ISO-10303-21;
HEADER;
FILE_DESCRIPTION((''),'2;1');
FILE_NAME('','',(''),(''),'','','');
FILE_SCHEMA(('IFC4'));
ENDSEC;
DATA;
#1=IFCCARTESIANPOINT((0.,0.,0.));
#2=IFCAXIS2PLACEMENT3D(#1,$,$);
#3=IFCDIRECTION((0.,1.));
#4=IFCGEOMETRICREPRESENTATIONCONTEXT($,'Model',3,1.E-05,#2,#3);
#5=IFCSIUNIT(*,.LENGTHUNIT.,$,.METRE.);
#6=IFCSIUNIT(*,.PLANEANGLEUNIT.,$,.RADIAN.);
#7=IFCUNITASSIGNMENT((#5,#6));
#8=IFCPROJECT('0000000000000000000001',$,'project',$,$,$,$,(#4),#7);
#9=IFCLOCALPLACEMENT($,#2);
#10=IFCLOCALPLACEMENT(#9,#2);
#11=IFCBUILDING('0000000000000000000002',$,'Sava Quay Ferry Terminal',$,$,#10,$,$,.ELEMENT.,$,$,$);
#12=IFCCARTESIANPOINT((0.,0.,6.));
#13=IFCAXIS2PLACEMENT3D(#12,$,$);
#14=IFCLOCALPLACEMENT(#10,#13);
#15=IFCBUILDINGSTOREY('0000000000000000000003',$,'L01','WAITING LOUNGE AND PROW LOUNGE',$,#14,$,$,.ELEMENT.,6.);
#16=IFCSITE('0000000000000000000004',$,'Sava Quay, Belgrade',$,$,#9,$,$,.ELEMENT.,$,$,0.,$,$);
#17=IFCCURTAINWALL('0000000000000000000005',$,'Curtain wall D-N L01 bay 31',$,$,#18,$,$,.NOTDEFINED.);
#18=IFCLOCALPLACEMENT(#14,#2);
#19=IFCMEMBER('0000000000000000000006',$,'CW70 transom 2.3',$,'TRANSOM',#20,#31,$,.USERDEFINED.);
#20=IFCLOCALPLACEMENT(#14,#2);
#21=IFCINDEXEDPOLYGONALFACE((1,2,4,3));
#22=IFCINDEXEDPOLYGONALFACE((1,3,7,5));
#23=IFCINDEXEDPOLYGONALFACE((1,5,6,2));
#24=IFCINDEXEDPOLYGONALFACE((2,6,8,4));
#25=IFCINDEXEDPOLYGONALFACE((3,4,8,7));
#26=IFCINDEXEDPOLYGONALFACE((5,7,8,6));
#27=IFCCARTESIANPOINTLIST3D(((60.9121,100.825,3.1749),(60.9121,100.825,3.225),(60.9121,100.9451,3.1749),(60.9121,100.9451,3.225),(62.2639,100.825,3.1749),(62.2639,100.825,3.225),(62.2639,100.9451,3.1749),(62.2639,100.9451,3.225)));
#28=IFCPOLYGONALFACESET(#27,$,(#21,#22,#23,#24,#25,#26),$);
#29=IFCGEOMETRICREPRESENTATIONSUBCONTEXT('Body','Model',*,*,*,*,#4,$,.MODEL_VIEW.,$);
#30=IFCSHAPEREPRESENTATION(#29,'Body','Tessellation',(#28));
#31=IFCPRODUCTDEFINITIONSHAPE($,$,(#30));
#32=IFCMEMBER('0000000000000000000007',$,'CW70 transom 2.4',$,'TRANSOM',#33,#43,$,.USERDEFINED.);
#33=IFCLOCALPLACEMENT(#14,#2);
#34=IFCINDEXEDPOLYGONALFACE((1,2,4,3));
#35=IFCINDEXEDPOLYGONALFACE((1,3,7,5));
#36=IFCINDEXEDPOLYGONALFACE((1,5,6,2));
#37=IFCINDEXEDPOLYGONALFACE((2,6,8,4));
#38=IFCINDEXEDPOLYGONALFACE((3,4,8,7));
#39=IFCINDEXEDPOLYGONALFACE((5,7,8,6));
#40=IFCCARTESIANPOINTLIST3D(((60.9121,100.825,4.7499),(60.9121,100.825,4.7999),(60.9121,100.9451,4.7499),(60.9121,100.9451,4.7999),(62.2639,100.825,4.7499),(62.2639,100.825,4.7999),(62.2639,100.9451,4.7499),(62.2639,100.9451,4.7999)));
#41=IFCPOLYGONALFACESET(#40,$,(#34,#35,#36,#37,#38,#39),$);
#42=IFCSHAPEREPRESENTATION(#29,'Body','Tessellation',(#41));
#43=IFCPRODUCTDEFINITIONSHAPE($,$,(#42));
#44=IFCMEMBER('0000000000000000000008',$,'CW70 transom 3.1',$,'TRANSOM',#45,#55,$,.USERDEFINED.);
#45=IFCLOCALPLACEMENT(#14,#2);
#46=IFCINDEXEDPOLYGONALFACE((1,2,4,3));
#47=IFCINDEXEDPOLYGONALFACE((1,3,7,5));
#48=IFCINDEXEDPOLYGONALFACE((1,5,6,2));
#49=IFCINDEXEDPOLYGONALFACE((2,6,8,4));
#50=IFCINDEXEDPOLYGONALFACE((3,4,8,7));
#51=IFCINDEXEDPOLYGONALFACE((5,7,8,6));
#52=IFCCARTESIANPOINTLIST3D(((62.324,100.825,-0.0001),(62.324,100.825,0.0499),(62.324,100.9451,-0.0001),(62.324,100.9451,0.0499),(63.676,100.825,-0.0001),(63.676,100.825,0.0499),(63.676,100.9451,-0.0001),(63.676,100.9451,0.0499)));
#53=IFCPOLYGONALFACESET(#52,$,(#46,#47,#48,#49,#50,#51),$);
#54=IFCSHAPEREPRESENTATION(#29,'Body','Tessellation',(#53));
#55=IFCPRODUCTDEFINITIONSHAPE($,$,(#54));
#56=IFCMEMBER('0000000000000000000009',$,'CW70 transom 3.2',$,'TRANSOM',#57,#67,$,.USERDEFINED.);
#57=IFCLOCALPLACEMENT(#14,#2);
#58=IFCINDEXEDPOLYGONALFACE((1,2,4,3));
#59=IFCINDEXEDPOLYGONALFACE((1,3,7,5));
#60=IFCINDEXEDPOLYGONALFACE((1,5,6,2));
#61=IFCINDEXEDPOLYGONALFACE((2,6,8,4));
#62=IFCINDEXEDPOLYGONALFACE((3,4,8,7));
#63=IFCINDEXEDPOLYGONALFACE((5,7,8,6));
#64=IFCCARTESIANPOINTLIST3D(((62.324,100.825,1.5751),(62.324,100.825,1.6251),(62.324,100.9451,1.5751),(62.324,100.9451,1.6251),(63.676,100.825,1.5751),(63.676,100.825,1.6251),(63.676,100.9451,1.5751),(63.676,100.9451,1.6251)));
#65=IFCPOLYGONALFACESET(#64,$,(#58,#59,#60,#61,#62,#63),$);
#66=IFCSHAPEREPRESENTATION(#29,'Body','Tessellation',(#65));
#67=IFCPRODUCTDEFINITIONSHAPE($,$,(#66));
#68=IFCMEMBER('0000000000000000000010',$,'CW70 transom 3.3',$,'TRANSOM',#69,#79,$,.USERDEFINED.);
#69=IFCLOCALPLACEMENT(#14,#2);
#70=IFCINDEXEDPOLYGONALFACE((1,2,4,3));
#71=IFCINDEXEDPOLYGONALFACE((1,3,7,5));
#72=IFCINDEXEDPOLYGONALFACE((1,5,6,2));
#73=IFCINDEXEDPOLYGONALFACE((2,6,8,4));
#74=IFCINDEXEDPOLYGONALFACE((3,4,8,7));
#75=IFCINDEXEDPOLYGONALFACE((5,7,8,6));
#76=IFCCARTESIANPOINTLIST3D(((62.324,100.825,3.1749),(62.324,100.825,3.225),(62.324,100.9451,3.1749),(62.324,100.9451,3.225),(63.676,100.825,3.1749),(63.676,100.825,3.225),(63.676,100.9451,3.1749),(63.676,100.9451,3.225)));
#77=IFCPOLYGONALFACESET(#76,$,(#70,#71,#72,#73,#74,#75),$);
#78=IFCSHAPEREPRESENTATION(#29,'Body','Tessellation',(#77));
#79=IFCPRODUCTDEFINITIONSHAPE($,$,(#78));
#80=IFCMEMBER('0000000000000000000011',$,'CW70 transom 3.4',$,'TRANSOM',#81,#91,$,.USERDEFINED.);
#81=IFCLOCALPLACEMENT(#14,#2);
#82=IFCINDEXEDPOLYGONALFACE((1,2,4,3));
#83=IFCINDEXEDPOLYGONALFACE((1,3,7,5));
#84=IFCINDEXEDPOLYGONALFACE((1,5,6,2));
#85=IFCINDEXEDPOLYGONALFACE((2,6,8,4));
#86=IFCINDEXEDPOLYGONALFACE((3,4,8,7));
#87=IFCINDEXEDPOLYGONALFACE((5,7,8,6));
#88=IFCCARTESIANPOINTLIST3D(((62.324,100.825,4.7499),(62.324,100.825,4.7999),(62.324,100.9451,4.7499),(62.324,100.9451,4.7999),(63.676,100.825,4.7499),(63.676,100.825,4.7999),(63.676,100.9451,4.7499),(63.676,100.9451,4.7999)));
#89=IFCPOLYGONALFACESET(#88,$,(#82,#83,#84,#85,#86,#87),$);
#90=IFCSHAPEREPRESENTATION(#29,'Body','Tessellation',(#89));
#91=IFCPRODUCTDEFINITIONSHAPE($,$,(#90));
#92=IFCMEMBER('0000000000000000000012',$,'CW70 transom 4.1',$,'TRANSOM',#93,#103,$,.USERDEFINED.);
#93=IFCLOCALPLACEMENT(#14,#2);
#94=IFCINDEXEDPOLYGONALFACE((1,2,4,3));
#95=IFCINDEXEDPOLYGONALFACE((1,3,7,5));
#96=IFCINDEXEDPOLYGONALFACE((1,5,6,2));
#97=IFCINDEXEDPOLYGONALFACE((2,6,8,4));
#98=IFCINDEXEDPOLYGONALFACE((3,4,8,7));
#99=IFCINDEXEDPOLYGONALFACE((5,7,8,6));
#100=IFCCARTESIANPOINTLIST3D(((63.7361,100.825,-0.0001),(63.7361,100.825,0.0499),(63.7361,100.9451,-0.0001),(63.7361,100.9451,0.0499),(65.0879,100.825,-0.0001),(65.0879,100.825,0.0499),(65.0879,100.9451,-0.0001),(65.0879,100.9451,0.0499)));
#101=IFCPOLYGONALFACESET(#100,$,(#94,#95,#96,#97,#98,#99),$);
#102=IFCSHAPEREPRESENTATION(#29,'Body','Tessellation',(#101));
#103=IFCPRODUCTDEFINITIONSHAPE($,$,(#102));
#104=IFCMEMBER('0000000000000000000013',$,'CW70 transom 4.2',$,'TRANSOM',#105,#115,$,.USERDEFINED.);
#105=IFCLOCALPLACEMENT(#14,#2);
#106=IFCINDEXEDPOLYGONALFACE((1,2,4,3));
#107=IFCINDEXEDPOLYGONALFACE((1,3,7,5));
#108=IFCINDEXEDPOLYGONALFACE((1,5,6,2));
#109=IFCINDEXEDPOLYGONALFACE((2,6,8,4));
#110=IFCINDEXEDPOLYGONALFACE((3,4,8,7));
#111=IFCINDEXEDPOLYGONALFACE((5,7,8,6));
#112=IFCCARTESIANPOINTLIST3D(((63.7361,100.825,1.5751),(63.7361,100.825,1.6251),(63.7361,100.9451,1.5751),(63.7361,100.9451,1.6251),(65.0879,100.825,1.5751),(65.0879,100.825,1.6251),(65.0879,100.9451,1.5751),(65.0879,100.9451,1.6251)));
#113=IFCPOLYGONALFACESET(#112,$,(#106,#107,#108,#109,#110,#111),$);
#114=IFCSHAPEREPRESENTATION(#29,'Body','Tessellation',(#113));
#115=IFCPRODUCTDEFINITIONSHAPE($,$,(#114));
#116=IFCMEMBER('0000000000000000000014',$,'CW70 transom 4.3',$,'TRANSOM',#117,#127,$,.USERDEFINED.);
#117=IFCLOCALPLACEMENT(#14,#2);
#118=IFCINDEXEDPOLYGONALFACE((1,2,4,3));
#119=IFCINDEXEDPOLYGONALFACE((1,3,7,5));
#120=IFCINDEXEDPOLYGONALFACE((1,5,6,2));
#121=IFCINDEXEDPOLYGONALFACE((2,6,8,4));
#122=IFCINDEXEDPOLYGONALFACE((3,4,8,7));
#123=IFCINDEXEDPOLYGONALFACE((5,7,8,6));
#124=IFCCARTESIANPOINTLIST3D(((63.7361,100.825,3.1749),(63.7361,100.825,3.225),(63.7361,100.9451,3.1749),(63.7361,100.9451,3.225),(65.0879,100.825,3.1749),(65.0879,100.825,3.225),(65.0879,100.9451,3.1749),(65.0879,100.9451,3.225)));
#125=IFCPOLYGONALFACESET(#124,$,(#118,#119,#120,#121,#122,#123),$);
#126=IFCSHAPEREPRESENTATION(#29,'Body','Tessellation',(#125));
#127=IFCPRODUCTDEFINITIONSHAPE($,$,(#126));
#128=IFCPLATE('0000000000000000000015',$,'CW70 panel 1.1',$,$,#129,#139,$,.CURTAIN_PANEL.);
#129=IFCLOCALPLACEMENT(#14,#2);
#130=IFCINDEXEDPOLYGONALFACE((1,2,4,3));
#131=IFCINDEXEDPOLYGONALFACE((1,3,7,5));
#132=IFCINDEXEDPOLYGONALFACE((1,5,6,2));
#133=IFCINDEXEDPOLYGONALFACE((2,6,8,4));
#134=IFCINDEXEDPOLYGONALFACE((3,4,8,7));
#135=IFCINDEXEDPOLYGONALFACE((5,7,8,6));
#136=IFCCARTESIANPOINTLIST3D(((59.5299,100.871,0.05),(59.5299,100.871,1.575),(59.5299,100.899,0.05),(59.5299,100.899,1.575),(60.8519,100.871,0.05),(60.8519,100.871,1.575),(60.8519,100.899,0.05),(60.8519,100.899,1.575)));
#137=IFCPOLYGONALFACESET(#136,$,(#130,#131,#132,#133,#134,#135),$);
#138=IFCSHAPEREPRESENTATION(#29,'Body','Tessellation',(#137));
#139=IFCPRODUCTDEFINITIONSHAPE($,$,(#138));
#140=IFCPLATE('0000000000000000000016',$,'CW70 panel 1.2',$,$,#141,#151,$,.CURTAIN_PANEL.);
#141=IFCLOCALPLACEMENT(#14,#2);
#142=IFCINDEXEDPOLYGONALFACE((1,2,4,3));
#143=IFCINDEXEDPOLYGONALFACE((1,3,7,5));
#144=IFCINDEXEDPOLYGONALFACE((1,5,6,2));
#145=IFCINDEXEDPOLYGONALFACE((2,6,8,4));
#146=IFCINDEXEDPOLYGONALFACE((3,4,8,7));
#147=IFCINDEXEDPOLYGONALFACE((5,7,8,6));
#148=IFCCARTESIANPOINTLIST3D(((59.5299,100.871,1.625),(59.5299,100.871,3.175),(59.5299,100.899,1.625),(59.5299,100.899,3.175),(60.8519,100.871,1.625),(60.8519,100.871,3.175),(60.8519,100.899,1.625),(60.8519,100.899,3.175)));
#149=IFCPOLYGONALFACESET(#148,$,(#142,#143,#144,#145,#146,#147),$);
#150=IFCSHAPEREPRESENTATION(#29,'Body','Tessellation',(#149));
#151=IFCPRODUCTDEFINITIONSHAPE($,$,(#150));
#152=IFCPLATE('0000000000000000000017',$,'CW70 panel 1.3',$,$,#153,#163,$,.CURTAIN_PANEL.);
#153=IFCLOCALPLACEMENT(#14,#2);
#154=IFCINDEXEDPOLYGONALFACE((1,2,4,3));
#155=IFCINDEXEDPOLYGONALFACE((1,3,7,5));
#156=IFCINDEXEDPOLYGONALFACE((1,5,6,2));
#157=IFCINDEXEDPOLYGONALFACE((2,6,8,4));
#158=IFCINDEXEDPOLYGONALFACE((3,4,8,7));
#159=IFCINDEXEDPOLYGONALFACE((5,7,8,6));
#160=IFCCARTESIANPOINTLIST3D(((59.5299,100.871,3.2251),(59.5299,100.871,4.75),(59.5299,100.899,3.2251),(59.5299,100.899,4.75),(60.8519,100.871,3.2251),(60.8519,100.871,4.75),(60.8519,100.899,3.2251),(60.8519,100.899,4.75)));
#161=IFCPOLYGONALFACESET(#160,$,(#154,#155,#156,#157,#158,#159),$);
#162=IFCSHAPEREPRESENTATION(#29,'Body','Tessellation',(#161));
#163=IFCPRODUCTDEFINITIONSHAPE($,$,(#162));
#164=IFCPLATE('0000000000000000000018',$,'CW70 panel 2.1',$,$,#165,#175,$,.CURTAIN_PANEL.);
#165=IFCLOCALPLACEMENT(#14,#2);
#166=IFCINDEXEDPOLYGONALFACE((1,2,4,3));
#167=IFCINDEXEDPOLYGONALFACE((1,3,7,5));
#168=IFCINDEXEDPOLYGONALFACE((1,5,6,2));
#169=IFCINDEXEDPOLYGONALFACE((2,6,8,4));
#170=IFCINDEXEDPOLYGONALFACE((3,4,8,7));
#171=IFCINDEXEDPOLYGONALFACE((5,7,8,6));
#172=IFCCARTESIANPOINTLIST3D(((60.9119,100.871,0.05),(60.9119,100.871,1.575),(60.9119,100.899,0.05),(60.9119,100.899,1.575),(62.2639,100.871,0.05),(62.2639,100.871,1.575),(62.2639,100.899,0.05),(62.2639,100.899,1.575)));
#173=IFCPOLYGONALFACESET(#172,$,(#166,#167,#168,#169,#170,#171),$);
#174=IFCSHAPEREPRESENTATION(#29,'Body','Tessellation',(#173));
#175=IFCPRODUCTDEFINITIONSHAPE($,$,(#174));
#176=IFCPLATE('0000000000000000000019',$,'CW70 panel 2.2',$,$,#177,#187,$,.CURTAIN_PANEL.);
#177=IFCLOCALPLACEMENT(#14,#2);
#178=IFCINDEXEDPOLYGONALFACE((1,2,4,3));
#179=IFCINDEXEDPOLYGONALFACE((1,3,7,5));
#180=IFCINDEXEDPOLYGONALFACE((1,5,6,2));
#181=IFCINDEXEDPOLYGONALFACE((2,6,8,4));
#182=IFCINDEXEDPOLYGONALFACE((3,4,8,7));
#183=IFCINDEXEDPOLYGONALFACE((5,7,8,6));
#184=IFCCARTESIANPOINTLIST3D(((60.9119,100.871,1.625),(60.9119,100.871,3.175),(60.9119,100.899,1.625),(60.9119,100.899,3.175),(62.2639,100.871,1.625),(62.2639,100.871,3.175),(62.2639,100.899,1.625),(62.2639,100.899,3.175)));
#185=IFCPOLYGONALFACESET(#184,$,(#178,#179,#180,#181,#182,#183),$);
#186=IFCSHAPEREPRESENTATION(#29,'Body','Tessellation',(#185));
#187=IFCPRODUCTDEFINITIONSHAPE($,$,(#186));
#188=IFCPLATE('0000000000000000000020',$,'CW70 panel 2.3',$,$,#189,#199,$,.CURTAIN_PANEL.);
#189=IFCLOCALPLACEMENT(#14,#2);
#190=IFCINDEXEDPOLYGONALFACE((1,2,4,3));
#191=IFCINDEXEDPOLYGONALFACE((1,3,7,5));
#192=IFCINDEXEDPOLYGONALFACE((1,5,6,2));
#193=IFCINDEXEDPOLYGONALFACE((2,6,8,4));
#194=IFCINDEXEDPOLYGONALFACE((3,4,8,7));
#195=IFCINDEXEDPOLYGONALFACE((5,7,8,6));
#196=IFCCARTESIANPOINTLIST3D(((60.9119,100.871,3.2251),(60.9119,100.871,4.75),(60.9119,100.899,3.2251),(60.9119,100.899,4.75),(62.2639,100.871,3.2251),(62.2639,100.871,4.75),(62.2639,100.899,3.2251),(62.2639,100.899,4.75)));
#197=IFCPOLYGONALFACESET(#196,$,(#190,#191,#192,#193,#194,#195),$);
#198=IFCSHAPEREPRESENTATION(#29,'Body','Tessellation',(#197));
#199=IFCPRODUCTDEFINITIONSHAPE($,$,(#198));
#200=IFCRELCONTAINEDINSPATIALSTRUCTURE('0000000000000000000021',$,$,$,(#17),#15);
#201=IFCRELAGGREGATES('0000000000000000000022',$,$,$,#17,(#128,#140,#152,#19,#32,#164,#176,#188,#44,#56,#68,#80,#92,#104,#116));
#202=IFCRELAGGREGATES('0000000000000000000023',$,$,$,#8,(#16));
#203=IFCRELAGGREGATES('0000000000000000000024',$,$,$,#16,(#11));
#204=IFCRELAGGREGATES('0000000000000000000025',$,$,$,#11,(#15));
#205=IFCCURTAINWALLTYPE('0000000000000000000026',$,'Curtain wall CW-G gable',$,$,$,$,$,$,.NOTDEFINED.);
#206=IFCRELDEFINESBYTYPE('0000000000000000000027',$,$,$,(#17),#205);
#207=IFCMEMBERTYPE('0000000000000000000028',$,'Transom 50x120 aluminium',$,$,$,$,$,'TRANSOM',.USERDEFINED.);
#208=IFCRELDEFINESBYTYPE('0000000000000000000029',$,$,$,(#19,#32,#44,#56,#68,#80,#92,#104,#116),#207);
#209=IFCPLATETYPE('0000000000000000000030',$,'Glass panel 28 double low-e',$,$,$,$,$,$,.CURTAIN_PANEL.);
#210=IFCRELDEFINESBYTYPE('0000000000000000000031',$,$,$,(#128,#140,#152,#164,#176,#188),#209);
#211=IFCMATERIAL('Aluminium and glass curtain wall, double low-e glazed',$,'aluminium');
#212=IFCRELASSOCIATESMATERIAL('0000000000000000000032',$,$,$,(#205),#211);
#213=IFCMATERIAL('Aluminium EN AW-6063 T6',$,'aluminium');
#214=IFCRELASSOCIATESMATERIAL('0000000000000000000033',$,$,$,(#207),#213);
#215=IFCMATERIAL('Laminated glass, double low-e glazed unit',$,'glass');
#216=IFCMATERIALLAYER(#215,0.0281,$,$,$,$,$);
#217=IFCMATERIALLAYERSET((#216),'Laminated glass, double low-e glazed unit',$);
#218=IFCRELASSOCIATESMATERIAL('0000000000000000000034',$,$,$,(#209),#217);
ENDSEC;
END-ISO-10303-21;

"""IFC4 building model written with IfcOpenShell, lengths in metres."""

from ifc_helpers import new_model, si_unit, direction, frame, origin, origin_2d, place, context, subcontext, project, spatial, rectangle, extrude, material, layer, layer_set, material_profile, profile_set, type_object, element, aggregate, save


model = new_model("IFC4")

# Units and contexts
model_context = context("Model", 3, precision=1e-05, world=origin(), true_north=direction((0.0, 1.0)))
body_context = subcontext(model_context, "Body", "Model", "MODEL_VIEW")
ifc_project = project(units=[si_unit("LENGTHUNIT", "METRE"), si_unit("PLANEANGLEUNIT", "RADIAN")], contexts=[model_context])

# Site, building, storey
site_placement = place(None, origin())
site = spatial("IfcSite", under=ifc_project, at=site_placement, Name="Sava Quay, Belgrade", CompositionType="ELEMENT", RefElevation=0.0)
building_placement = place(site_placement, origin())
building = spatial("IfcBuilding", under=site, at=building_placement, Name="Sava Quay Ferry Terminal", CompositionType="ELEMENT")
storey_placement = place(building_placement, frame((0.0, 0.0, 6.0)))
storey = spatial("IfcBuildingStorey", under=building, at=storey_placement, Name="L01", Description="WAITING LOUNGE AND PROW LOUNGE", CompositionType="ELEMENT", Elevation=6.0)

# Curtain wall, members, plates
ifc_material_1 = material(Name="Aluminium and glass curtain wall, double low-e glazed", Category="aluminium")
curtain_wall_type = type_object("IfcCurtainWallType", Name="Curtain wall CW-G gable", PredefinedType="NOTDEFINED", material=ifc_material_1)
curtain_wall_placement = place(storey_placement, origin())
curtain_wall = element("IfcCurtainWall", 1, at=curtain_wall_placement, inside=storey, type_object=curtain_wall_type, Name="Curtain wall D-N L01 bay 31", PredefinedType="NOTDEFINED")
ifc_material_2 = material(Name="Aluminium EN AW-6063 T6", Category="aluminium")
ifc_material_profile_1 = material_profile(ifc_material_2, rectangle(XDim=0.1201, YDim=0.05, at=origin_2d()), Name="Transom 50x120 aluminium")
ifc_profile_set_1 = profile_set([ifc_material_profile_1], Name="Aluminium EN AW-6063 T6")
member_type_1 = type_object("IfcMemberType", Name="Transom 50x120 aluminium", ElementType="TRANSOM", PredefinedType="USERDEFINED", material=ifc_profile_set_1)
member_1_placement = place(storey_placement, frame((60.9121, 100.885, 3.2), z_axis=(1.0, 0.0, 0.0), x_axis=(0.0, 1.0, 0.0)))
member_1 = element("IfcMember", 2, at=member_1_placement, type_object=member_type_1, Name="CW70 transom 2.3", ObjectType="TRANSOM", PredefinedType="USERDEFINED", context=body_context, shape_type="SweptSolid", body=[
    extrude(rectangle(XDim=0.1201, YDim=0.05, at=origin_2d()), origin(), (0.0, 0.0, 1.0), 1.3518),
])
member_2_placement = place(storey_placement, frame((60.9121, 100.885, 4.7749), z_axis=(1.0, 0.0, 0.0), x_axis=(0.0, 1.0, 0.0)))
member_2 = element("IfcMember", 3, at=member_2_placement, type_object=member_type_1, Name="CW70 transom 2.4", ObjectType="TRANSOM", PredefinedType="USERDEFINED", context=body_context, shape_type="SweptSolid", body=[
    extrude(rectangle(XDim=0.1201, YDim=0.05, at=origin_2d()), origin(), (0.0, 0.0, 1.0), 1.3518),
])
member_3_placement = place(storey_placement, frame((62.324, 100.885, 0.0249), z_axis=(1.0, 0.0, 0.0), x_axis=(0.0, 1.0, 0.0)))
member_3 = element("IfcMember", 4, at=member_3_placement, type_object=member_type_1, Name="CW70 transom 3.1", ObjectType="TRANSOM", PredefinedType="USERDEFINED", context=body_context, shape_type="SweptSolid", body=[
    extrude(rectangle(XDim=0.1201, YDim=0.05, at=origin_2d()), origin(), (0.0, 0.0, 1.0), 1.3521),
])
member_4_placement = place(storey_placement, frame((62.324, 100.885, 1.6001), z_axis=(1.0, 0.0, 0.0), x_axis=(0.0, 1.0, 0.0)))
member_4 = element("IfcMember", 5, at=member_4_placement, type_object=member_type_1, Name="CW70 transom 3.2", ObjectType="TRANSOM", PredefinedType="USERDEFINED", context=body_context, shape_type="SweptSolid", body=[
    extrude(rectangle(XDim=0.1201, YDim=0.05, at=origin_2d()), origin(), (0.0, 0.0, 1.0), 1.3521),
])
member_5_placement = place(storey_placement, frame((62.324, 100.885, 3.2), z_axis=(1.0, 0.0, 0.0), x_axis=(0.0, 1.0, 0.0)))
member_5 = element("IfcMember", 6, at=member_5_placement, type_object=member_type_1, Name="CW70 transom 3.3", ObjectType="TRANSOM", PredefinedType="USERDEFINED", context=body_context, shape_type="SweptSolid", body=[
    extrude(rectangle(XDim=0.1201, YDim=0.05, at=origin_2d()), origin(), (0.0, 0.0, 1.0), 1.3521),
])
member_6_placement = place(storey_placement, frame((62.324, 100.885, 4.7749), z_axis=(1.0, 0.0, 0.0), x_axis=(0.0, 1.0, 0.0)))
member_6 = element("IfcMember", 7, at=member_6_placement, type_object=member_type_1, Name="CW70 transom 3.4", ObjectType="TRANSOM", PredefinedType="USERDEFINED", context=body_context, shape_type="SweptSolid", body=[
    extrude(rectangle(XDim=0.1201, YDim=0.05, at=origin_2d()), origin(), (0.0, 0.0, 1.0), 1.3521),
])
member_7_placement = place(storey_placement, frame((63.7361, 100.885, 0.0249), z_axis=(1.0, 0.0, 0.0), x_axis=(0.0, 1.0, 0.0)))
member_7 = element("IfcMember", 8, at=member_7_placement, type_object=member_type_1, Name="CW70 transom 4.1", ObjectType="TRANSOM", PredefinedType="USERDEFINED", context=body_context, shape_type="SweptSolid", body=[
    extrude(rectangle(XDim=0.1201, YDim=0.05, at=origin_2d()), origin(), (0.0, 0.0, 1.0), 1.3518),
])
member_8_placement = place(storey_placement, frame((63.7361, 100.885, 1.6001), z_axis=(1.0, 0.0, 0.0), x_axis=(0.0, 1.0, 0.0)))
member_8 = element("IfcMember", 9, at=member_8_placement, type_object=member_type_1, Name="CW70 transom 4.2", ObjectType="TRANSOM", PredefinedType="USERDEFINED", context=body_context, shape_type="SweptSolid", body=[
    extrude(rectangle(XDim=0.1201, YDim=0.05, at=origin_2d()), origin(), (0.0, 0.0, 1.0), 1.3518),
])
member_9_placement = place(storey_placement, frame((63.7361, 100.885, 3.2), z_axis=(1.0, 0.0, 0.0), x_axis=(0.0, 1.0, 0.0)))
member_9 = element("IfcMember", 10, at=member_9_placement, type_object=member_type_1, Name="CW70 transom 4.3", ObjectType="TRANSOM", PredefinedType="USERDEFINED", context=body_context, shape_type="SweptSolid", body=[
    extrude(rectangle(XDim=0.1201, YDim=0.05, at=origin_2d()), origin(), (0.0, 0.0, 1.0), 1.3518),
])
ifc_material_3 = material(Name="Laminated glass, double low-e glazed unit", Category="glass")
ifc_layer = layer(ifc_material_3, 0.0281)
ifc_layer_set = layer_set([ifc_layer], Name="Laminated glass, double low-e glazed unit")
plate_type = type_object("IfcPlateType", Name="Glass panel 28 double low-e", PredefinedType="CURTAIN_PANEL", material=ifc_layer_set)
plate_1_placement = place(storey_placement, frame((60.1909, 100.885, 0.05), z_axis=(0.0, 0.0, 1.0), x_axis=(1.0, 0.0, 0.0)))
plate_1 = element("IfcPlate", 11, at=plate_1_placement, type_object=plate_type, Name="CW70 panel 1.1", PredefinedType="CURTAIN_PANEL", context=body_context, shape_type="SweptSolid", body=[
    extrude(rectangle(XDim=1.322, YDim=0.0281, at=origin_2d()), origin(), (0.0, 0.0, 1.0), 1.5249),
])
plate_2_placement = place(storey_placement, frame((60.1909, 100.885, 1.625), z_axis=(0.0, 0.0, 1.0), x_axis=(1.0, 0.0, 0.0)))
plate_2 = element("IfcPlate", 12, at=plate_2_placement, type_object=plate_type, Name="CW70 panel 1.2", PredefinedType="CURTAIN_PANEL", context=body_context, shape_type="SweptSolid", body=[
    extrude(rectangle(XDim=1.322, YDim=0.0281, at=origin_2d()), origin(), (0.0, 0.0, 1.0), 1.55),
])
plate_3_placement = place(storey_placement, frame((60.1909, 100.885, 3.2251), z_axis=(0.0, 0.0, 1.0), x_axis=(1.0, 0.0, 0.0)))
plate_3 = element("IfcPlate", 13, at=plate_3_placement, type_object=plate_type, Name="CW70 panel 1.3", PredefinedType="CURTAIN_PANEL", context=body_context, shape_type="SweptSolid", body=[
    extrude(rectangle(XDim=1.322, YDim=0.0281, at=origin_2d()), origin(), (0.0, 0.0, 1.0), 1.5249),
])
plate_4_placement = place(storey_placement, frame((61.5879, 100.885, 0.05), z_axis=(0.0, 0.0, 1.0), x_axis=(1.0, 0.0, 0.0)))
plate_4 = element("IfcPlate", 14, at=plate_4_placement, type_object=plate_type, Name="CW70 panel 2.1", PredefinedType="CURTAIN_PANEL", context=body_context, shape_type="SweptSolid", body=[
    extrude(rectangle(XDim=1.3521, YDim=0.0281, at=origin_2d()), origin(), (0.0, 0.0, 1.0), 1.5249),
])
plate_5_placement = place(storey_placement, frame((61.5879, 100.885, 1.625), z_axis=(0.0, 0.0, 1.0), x_axis=(1.0, 0.0, 0.0)))
plate_5 = element("IfcPlate", 15, at=plate_5_placement, type_object=plate_type, Name="CW70 panel 2.2", PredefinedType="CURTAIN_PANEL", context=body_context, shape_type="SweptSolid", body=[
    extrude(rectangle(XDim=1.3521, YDim=0.0281, at=origin_2d()), origin(), (0.0, 0.0, 1.0), 1.55),
])
plate_6_placement = place(storey_placement, frame((61.5879, 100.885, 3.2251), z_axis=(0.0, 0.0, 1.0), x_axis=(1.0, 0.0, 0.0)))
plate_6 = element("IfcPlate", 16, at=plate_6_placement, type_object=plate_type, Name="CW70 panel 2.3", PredefinedType="CURTAIN_PANEL", context=body_context, shape_type="SweptSolid", body=[
    extrude(rectangle(XDim=1.3521, YDim=0.0281, at=origin_2d()), origin(), (0.0, 0.0, 1.0), 1.5249),
])
aggregate(curtain_wall, [plate_1, plate_2, plate_3, member_1, member_2, plate_4, plate_5, plate_6, member_3, member_4, member_5, member_6, member_7, member_8, member_9])

save(model, "model.ifc")
